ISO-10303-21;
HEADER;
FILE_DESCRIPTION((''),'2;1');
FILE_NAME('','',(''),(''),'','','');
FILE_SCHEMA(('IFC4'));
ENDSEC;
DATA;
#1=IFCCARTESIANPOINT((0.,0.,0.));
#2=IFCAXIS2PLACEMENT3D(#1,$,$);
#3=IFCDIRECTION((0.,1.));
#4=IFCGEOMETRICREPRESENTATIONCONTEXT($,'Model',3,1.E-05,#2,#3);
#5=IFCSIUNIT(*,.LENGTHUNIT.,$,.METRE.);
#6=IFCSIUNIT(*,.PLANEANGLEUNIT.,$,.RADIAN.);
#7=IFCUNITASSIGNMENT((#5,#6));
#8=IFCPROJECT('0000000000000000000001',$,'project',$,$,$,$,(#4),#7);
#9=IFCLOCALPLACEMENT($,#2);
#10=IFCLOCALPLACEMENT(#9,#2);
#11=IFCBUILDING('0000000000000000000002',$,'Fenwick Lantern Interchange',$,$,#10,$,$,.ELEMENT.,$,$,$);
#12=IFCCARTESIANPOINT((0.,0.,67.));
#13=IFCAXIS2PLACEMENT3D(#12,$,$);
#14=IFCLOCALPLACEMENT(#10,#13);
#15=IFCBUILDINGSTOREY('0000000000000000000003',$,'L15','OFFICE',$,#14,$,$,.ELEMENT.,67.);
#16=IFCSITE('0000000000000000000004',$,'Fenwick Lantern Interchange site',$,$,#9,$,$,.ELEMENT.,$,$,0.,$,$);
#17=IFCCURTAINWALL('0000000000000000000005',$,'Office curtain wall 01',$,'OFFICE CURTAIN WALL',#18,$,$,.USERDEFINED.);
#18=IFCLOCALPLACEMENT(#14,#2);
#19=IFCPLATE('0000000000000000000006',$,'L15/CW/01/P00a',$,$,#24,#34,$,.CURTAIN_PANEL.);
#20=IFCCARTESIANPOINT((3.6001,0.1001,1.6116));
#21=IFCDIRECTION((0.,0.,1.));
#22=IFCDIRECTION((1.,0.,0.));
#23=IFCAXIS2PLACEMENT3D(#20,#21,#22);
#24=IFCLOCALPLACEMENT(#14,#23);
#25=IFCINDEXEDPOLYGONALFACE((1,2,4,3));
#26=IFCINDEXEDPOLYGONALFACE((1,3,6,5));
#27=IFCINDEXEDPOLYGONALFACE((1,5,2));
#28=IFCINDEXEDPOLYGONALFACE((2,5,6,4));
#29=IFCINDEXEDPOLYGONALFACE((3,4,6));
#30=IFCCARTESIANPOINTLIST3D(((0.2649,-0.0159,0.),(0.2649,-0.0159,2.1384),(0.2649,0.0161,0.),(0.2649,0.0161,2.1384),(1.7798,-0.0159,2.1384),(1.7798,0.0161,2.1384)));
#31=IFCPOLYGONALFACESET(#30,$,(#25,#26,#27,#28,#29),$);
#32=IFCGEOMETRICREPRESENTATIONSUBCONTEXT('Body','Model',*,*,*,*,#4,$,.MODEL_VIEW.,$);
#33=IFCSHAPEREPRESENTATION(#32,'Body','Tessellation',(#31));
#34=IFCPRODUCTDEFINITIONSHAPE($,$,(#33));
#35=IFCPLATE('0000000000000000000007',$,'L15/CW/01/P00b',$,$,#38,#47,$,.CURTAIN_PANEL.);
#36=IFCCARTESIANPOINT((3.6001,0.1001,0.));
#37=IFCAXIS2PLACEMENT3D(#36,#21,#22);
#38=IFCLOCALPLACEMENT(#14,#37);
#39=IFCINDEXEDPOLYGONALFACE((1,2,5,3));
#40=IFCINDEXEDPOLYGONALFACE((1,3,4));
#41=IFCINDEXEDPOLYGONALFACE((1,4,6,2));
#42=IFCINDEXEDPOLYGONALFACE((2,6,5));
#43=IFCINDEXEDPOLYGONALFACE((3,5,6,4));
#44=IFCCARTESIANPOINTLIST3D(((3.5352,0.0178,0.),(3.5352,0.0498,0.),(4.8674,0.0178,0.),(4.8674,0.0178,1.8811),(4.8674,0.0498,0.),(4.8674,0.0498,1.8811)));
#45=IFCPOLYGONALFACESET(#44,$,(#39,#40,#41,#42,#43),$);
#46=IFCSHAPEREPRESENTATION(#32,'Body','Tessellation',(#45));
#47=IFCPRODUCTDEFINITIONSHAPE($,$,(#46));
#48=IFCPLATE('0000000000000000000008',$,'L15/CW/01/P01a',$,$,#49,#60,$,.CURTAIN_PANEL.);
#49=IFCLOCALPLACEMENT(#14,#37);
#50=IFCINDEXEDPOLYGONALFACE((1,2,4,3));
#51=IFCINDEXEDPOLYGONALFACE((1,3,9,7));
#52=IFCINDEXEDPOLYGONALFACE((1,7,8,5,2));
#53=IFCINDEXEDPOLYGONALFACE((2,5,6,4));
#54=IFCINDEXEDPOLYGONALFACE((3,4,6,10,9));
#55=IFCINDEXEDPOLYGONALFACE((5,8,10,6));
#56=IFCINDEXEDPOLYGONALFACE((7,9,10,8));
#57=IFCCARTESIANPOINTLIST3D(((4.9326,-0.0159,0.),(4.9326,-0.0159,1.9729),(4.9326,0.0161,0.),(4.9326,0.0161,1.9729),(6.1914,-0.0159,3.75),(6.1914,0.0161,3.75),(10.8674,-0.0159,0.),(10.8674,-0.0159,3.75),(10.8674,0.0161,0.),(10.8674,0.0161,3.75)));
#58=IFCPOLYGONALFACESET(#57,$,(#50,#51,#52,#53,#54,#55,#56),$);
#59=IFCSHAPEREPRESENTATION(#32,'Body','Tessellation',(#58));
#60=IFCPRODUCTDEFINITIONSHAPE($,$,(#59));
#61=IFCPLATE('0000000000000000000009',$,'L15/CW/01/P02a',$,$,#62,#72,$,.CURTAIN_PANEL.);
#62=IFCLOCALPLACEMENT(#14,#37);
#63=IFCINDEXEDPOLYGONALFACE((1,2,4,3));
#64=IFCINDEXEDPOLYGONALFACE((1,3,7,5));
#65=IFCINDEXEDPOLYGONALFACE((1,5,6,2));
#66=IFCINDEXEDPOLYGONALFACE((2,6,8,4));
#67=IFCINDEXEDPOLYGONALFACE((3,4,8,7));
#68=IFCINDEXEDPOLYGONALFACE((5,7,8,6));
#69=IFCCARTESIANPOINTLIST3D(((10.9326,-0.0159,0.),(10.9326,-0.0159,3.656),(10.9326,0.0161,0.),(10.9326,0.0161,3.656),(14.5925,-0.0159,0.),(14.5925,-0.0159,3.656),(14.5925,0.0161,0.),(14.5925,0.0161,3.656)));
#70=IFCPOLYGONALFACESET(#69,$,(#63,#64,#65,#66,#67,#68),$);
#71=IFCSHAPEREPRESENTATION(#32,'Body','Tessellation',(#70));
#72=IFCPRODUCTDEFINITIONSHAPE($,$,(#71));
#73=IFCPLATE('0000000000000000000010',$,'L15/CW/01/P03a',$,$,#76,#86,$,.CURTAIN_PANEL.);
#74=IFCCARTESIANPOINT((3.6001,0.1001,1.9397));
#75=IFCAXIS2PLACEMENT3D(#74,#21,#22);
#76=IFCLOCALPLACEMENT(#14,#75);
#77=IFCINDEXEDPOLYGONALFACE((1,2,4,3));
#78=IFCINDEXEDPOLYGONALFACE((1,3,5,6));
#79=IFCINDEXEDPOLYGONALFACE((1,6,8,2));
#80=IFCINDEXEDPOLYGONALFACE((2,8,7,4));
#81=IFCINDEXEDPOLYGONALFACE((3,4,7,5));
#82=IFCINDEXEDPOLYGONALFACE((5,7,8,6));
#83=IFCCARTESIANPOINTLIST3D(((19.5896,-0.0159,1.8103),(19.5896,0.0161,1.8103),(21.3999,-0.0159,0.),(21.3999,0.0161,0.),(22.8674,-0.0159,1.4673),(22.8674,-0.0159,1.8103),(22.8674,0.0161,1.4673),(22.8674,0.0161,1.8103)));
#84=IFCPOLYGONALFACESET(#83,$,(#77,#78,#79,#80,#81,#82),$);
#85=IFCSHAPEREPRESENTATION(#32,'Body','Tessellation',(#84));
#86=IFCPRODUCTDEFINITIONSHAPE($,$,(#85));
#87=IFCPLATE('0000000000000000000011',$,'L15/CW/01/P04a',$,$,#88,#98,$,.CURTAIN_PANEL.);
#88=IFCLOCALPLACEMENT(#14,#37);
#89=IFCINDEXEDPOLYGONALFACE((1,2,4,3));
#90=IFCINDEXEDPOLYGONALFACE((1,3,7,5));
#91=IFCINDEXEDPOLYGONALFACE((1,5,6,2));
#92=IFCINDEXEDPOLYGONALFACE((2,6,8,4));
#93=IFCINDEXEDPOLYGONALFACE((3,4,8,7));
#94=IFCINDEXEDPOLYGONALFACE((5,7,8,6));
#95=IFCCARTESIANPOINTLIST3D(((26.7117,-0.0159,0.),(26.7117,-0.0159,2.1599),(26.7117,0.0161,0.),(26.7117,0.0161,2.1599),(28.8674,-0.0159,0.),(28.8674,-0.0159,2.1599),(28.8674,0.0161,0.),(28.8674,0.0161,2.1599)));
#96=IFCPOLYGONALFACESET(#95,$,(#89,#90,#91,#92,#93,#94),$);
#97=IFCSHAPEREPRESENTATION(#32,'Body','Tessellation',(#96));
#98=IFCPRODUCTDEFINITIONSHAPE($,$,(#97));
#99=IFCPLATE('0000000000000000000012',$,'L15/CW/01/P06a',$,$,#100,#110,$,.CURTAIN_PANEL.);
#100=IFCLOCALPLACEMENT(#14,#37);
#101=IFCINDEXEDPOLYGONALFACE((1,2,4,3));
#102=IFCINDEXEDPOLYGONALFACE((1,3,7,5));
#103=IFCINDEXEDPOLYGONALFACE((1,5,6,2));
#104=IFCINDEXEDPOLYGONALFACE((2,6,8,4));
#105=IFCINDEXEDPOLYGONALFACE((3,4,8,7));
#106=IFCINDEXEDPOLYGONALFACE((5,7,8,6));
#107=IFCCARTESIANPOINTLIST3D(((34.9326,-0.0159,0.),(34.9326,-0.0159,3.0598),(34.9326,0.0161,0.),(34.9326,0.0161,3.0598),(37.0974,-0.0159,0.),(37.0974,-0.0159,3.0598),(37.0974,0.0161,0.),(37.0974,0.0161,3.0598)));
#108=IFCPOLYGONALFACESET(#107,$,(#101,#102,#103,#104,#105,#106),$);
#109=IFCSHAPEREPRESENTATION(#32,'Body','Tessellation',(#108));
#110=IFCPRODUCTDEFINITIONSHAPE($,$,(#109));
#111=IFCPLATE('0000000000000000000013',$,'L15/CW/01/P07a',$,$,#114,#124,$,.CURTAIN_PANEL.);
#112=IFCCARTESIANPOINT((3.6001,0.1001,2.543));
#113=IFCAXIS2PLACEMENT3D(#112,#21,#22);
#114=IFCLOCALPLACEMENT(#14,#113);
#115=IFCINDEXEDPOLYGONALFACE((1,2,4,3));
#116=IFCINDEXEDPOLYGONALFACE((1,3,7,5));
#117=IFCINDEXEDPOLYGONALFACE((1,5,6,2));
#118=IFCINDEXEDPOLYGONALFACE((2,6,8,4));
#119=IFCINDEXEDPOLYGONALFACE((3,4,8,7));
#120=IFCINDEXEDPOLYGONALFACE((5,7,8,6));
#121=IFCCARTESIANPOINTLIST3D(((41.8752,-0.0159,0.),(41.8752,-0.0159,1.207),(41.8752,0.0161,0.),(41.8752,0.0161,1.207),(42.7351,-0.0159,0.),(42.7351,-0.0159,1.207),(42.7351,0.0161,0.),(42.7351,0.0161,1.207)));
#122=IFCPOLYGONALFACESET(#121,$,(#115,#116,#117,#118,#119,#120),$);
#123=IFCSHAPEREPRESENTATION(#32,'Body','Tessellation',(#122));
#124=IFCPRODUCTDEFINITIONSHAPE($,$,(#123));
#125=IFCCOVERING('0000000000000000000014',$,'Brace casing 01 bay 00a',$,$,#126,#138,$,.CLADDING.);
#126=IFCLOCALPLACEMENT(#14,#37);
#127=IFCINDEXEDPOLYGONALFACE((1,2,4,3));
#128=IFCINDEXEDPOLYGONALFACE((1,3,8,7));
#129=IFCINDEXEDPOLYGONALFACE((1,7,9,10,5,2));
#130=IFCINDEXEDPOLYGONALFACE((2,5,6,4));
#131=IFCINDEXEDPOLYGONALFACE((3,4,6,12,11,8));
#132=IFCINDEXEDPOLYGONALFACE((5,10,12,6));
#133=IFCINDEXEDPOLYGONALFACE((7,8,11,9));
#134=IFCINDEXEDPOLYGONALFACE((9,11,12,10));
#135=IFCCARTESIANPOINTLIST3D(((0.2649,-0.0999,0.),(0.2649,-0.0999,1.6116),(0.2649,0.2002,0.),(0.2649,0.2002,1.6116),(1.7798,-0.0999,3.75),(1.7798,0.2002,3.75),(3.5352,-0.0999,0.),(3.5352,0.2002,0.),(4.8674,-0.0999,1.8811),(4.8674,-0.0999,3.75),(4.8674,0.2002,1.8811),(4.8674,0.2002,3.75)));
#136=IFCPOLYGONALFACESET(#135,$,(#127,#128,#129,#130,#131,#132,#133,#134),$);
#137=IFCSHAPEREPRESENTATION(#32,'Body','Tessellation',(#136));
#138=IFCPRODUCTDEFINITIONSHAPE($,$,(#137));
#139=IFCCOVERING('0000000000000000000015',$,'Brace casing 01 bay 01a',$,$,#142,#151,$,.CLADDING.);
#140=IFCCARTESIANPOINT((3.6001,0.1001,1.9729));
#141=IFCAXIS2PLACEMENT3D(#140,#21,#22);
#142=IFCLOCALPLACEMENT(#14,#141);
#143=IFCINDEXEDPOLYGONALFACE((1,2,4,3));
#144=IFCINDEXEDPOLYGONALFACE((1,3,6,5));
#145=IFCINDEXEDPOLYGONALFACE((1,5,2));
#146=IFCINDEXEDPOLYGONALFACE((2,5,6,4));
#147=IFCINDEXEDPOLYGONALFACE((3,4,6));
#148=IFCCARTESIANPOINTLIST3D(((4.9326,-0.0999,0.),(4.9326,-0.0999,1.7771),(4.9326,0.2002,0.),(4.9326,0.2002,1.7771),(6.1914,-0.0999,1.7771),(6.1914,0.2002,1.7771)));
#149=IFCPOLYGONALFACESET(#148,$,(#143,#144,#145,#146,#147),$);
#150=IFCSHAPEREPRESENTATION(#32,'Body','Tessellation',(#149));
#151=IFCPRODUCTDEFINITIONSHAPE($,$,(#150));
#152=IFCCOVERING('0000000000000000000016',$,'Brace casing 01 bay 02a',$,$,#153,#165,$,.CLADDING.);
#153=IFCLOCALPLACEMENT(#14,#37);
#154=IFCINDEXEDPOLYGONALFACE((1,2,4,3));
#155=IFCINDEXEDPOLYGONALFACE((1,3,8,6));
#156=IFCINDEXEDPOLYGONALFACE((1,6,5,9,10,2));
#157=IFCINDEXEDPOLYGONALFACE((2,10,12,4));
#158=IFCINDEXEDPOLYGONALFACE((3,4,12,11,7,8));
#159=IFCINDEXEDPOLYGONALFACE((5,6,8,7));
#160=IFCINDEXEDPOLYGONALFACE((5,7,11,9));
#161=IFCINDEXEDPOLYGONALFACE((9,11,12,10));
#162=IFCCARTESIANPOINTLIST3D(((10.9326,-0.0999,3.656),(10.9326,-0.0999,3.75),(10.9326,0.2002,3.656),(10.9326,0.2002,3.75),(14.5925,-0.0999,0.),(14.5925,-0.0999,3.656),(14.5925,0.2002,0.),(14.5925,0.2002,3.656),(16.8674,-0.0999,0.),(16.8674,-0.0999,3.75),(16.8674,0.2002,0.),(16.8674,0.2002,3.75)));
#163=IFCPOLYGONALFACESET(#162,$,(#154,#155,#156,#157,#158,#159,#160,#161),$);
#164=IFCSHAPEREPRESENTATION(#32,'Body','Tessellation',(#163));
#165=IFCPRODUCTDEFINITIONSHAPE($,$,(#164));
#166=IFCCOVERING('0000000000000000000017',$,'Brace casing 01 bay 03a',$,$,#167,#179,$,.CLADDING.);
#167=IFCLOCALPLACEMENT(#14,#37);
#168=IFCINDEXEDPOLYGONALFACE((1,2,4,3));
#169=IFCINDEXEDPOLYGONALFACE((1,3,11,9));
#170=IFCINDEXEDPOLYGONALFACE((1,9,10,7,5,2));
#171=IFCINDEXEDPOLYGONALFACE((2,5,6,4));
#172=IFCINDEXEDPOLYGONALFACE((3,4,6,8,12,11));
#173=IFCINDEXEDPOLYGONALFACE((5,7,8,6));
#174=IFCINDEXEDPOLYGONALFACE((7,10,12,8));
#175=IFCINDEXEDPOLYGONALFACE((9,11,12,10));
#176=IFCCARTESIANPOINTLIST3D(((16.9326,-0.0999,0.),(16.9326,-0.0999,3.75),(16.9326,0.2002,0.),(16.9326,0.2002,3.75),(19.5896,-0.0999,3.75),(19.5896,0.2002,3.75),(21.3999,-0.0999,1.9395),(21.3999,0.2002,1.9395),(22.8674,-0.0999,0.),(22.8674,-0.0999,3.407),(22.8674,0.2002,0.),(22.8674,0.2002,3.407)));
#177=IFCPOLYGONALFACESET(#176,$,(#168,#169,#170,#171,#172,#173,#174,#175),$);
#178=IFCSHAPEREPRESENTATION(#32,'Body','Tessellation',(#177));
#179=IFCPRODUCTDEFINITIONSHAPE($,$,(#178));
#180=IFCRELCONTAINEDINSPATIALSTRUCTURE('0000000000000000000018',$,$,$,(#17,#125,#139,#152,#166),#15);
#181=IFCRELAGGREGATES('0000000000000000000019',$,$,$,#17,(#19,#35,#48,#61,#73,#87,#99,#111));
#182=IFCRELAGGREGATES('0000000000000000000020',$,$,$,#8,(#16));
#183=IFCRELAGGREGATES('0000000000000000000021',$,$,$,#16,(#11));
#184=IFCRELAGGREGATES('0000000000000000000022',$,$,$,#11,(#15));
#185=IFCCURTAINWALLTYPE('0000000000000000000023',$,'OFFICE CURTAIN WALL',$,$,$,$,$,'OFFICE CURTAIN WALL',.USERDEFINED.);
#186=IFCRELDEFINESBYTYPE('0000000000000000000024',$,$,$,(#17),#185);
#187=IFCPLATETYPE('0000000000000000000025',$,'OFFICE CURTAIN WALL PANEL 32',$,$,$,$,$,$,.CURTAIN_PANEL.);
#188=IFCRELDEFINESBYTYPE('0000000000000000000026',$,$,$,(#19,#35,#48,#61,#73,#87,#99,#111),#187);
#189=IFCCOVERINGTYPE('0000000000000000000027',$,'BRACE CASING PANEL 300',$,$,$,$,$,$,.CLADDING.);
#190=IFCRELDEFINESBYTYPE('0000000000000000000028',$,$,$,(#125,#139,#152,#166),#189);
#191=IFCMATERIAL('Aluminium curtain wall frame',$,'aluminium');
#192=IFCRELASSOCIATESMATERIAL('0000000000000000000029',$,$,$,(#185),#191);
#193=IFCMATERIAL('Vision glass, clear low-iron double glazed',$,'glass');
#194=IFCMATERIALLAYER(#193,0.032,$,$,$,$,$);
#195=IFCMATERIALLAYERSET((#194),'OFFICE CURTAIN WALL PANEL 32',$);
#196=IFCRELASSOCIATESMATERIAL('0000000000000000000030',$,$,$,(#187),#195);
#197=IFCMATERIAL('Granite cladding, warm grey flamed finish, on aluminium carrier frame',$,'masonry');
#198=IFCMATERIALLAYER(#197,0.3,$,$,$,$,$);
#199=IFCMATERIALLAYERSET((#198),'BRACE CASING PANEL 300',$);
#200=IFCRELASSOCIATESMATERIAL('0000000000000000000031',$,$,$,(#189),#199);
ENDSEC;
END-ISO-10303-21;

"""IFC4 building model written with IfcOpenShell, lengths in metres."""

from ifc_helpers import new_model, si_unit, direction, frame, origin, place, context, subcontext, project, spatial, polyline, outline, extrude, material, layer, layer_set, type_object, element, aggregate, save


model = new_model("IFC4")

# Units and contexts
model_context = context("Model", 3, precision=1e-05, world=origin(), true_north=direction((0.0, 1.0)))
body_context = subcontext(model_context, "Body", "Model", "MODEL_VIEW")
ifc_project = project(units=[si_unit("LENGTHUNIT", "METRE"), si_unit("PLANEANGLEUNIT", "RADIAN")], contexts=[model_context])

# Site, building, storey
site_placement = place(None, origin())
site = spatial("IfcSite", under=ifc_project, at=site_placement, Name="Fenwick Lantern Interchange site", CompositionType="ELEMENT", RefElevation=0.0)
building_placement = place(site_placement, origin())
building = spatial("IfcBuilding", under=site, at=building_placement, Name="Fenwick Lantern Interchange", CompositionType="ELEMENT")
storey_placement = place(building_placement, frame((0.0, 0.0, 67.0)))
storey = spatial("IfcBuildingStorey", under=building, at=storey_placement, Name="L15", Description="OFFICE", CompositionType="ELEMENT", Elevation=67.0)

# Shared definitions
ifc_material_1 = material(Name="Aluminium curtain wall frame", Category="aluminium")
curtain_wall_type = type_object("IfcCurtainWallType", Name="OFFICE CURTAIN WALL", ElementType="OFFICE CURTAIN WALL", PredefinedType="USERDEFINED", material=ifc_material_1)

# Curtain wall, plates
curtain_wall_1_placement = place(storey_placement, origin())
curtain_wall_1 = element("IfcCurtainWall", 1, at=curtain_wall_1_placement, inside=storey, type_object=curtain_wall_type, Name="Office curtain wall 01", ObjectType="OFFICE CURTAIN WALL", PredefinedType="USERDEFINED")
ifc_material_2 = material(Name="Vision glass, clear low-iron double glazed", Category="glass")
ifc_layer_1 = layer(ifc_material_2, 0.032)
ifc_layer_set_1 = layer_set([ifc_layer_1], Name="OFFICE CURTAIN WALL PANEL 32")
plate_type = type_object("IfcPlateType", Name="OFFICE CURTAIN WALL PANEL 32", PredefinedType="CURTAIN_PANEL", material=ifc_layer_set_1)
plate_1_placement = place(storey_placement, frame((3.6001, 0.1001, 1.6116), z_axis=(0.0, 0.0, 1.0), x_axis=(1.0, 0.0, 0.0)))
plate_1 = element("IfcPlate", 2, at=plate_1_placement, type_object=plate_type, Name="L15/CW/01/P00a", PredefinedType="CURTAIN_PANEL", context=body_context, shape_type="SweptSolid", body=[
    extrude(outline(polyline([(0.2649, 0.0), (1.7798, 2.1384), (0.2649, 2.1384), (0.2649, 0.0)])), frame((0.0, 0.0161, 0.0), z_axis=(0.0, -1.0, 0.0), x_axis=(1.0, 0.0, 0.0)), (0.0, 0.0, 1.0), 0.032),
])
plate_2_placement = place(storey_placement, frame((3.6001, 0.1001, 0.0), z_axis=(0.0, 0.0, 1.0), x_axis=(1.0, 0.0, 0.0)))
plate_2 = element("IfcPlate", 3, at=plate_2_placement, type_object=plate_type, Name="L15/CW/01/P00b", PredefinedType="CURTAIN_PANEL", context=body_context, shape_type="SweptSolid", body=[
    extrude(outline(polyline([(3.5352, 0.0), (4.8674, 0.0), (4.8674, 1.8811), (3.5352, 0.0)])), frame((0.0, 0.0498, 0.0), z_axis=(0.0, -1.0, 0.0), x_axis=(1.0, 0.0, 0.0)), (0.0, 0.0, 1.0), 0.032),
])
plate_3_placement = place(storey_placement, frame((3.6001, 0.1001, 0.0), z_axis=(0.0, 0.0, 1.0), x_axis=(1.0, 0.0, 0.0)))
plate_3 = element("IfcPlate", 4, at=plate_3_placement, type_object=plate_type, Name="L15/CW/01/P01a", PredefinedType="CURTAIN_PANEL", context=body_context, shape_type="SweptSolid", body=[
    extrude(outline(polyline([(4.9326, 0.0), (10.8674, 0.0), (10.8674, 3.75), (6.1914, 3.75), (4.9326, 1.9729), (4.9326, 0.0)])), frame((0.0, 0.0161, 0.0), z_axis=(0.0, -1.0, 0.0), x_axis=(1.0, 0.0, 0.0)), (0.0, 0.0, 1.0), 0.032),
])
plate_4_placement = place(storey_placement, frame((3.6001, 0.1001, 0.0), z_axis=(0.0, 0.0, 1.0), x_axis=(1.0, 0.0, 0.0)))
plate_4 = element("IfcPlate", 5, at=plate_4_placement, type_object=plate_type, Name="L15/CW/01/P02a", PredefinedType="CURTAIN_PANEL", context=body_context, shape_type="SweptSolid", body=[
    extrude(outline(polyline([(10.9326, 0.0), (14.5925, 0.0), (14.5925, 3.656), (10.9326, 3.656), (10.9326, 0.0)])), frame((0.0, 0.0161, 0.0), z_axis=(0.0, -1.0, 0.0), x_axis=(1.0, 0.0, 0.0)), (0.0, 0.0, 1.0), 0.032),
])
plate_5_placement = place(storey_placement, frame((3.6001, 0.1001, 1.9397), z_axis=(0.0, 0.0, 1.0), x_axis=(1.0, 0.0, 0.0)))
plate_5 = element("IfcPlate", 6, at=plate_5_placement, type_object=plate_type, Name="L15/CW/01/P03a", PredefinedType="CURTAIN_PANEL", context=body_context, shape_type="SweptSolid", body=[
    extrude(outline(polyline([(21.3999, 0.0), (22.8674, 1.4673), (22.8674, 1.8103), (19.5896, 1.8103), (21.3999, 0.0)])), frame((0.0, 0.0161, 0.0), z_axis=(0.0, -1.0, 0.0), x_axis=(1.0, 0.0, 0.0)), (0.0, 0.0, 1.0), 0.032),
])
plate_6_placement = place(storey_placement, frame((3.6001, 0.1001, 0.0), z_axis=(0.0, 0.0, 1.0), x_axis=(1.0, 0.0, 0.0)))
plate_6 = element("IfcPlate", 7, at=plate_6_placement, type_object=plate_type, Name="L15/CW/01/P04a", PredefinedType="CURTAIN_PANEL", context=body_context, shape_type="SweptSolid", body=[
    extrude(outline(polyline([(26.7117, 0.0), (28.8674, 0.0), (28.8674, 2.1599), (26.7117, 2.1599), (26.7117, 0.0)])), frame((0.0, 0.0161, 0.0), z_axis=(0.0, -1.0, 0.0), x_axis=(1.0, 0.0, 0.0)), (0.0, 0.0, 1.0), 0.032),
])
plate_7_placement = place(storey_placement, frame((3.6001, 0.1001, 0.0), z_axis=(0.0, 0.0, 1.0), x_axis=(1.0, 0.0, 0.0)))
plate_7 = element("IfcPlate", 8, at=plate_7_placement, type_object=plate_type, Name="L15/CW/01/P06a", PredefinedType="CURTAIN_PANEL", context=body_context, shape_type="SweptSolid", body=[
    extrude(outline(polyline([(34.9326, 0.0), (37.0974, 0.0), (37.0974, 3.0598), (34.9326, 3.0598), (34.9326, 0.0)])), frame((0.0, 0.0161, 0.0), z_axis=(0.0, -1.0, 0.0), x_axis=(1.0, 0.0, 0.0)), (0.0, 0.0, 1.0), 0.032),
])
plate_8_placement = place(storey_placement, frame((3.6001, 0.1001, 2.543), z_axis=(0.0, 0.0, 1.0), x_axis=(1.0, 0.0, 0.0)))
plate_8 = element("IfcPlate", 9, at=plate_8_placement, type_object=plate_type, Name="L15/CW/01/P07a", PredefinedType="CURTAIN_PANEL", context=body_context, shape_type="SweptSolid", body=[
    extrude(outline(polyline([(41.8752, 0.0), (42.7351, 0.0), (42.7351, 1.207), (41.8752, 1.207), (41.8752, 0.0)])), frame((0.0, 0.0161, 0.0), z_axis=(0.0, -1.0, 0.0), x_axis=(1.0, 0.0, 0.0)), (0.0, 0.0, 1.0), 0.032),
])
aggregate(curtain_wall_1, [plate_1, plate_2, plate_3, plate_4, plate_5, plate_6, plate_7, plate_8])

# Coverings
ifc_material_3 = material(Name="Granite cladding, warm grey flamed finish, on aluminium carrier frame", Category="masonry")
ifc_layer_2 = layer(ifc_material_3, 0.3)
ifc_layer_set_2 = layer_set([ifc_layer_2], Name="BRACE CASING PANEL 300")
covering_type = type_object("IfcCoveringType", Name="BRACE CASING PANEL 300", PredefinedType="CLADDING", material=ifc_layer_set_2)
covering_1_placement = place(storey_placement, frame((3.6001, 0.1001, 0.0), z_axis=(0.0, 0.0, 1.0), x_axis=(1.0, 0.0, 0.0)))
element("IfcCovering", 10, at=covering_1_placement, inside=storey, type_object=covering_type, Name="Brace casing 01 bay 00a", PredefinedType="CLADDING", context=body_context, shape_type="SweptSolid", body=[
    extrude(outline(polyline([(0.2649, 0.0), (3.5352, 0.0), (4.8674, 1.8811), (4.8674, 3.75), (1.7798, 3.75), (0.2649, 1.6116), (0.2649, 0.0)])), frame((0.0, 0.2002, 0.0), z_axis=(0.0, -1.0, 0.0), x_axis=(1.0, 0.0, 0.0)), (0.0, 0.0, 1.0), 0.3),
])
covering_2_placement = place(storey_placement, frame((3.6001, 0.1001, 1.9729), z_axis=(0.0, 0.0, 1.0), x_axis=(1.0, 0.0, 0.0)))
element("IfcCovering", 11, at=covering_2_placement, inside=storey, type_object=covering_type, Name="Brace casing 01 bay 01a", PredefinedType="CLADDING", context=body_context, shape_type="SweptSolid", body=[
    extrude(outline(polyline([(4.9326, 0.0), (6.1914, 1.7771), (4.9326, 1.7771), (4.9326, 0.0)])), frame((0.0, 0.2002, 0.0), z_axis=(0.0, -1.0, 0.0), x_axis=(1.0, 0.0, 0.0)), (0.0, 0.0, 1.0), 0.3),
])
covering_3_placement = place(storey_placement, frame((3.6001, 0.1001, 0.0), z_axis=(0.0, 0.0, 1.0), x_axis=(1.0, 0.0, 0.0)))
element("IfcCovering", 12, at=covering_3_placement, inside=storey, type_object=covering_type, Name="Brace casing 01 bay 02a", PredefinedType="CLADDING", context=body_context, shape_type="SweptSolid", body=[
    extrude(outline(polyline([(14.5925, 0.0), (16.8674, 0.0), (16.8674, 3.75), (10.9326, 3.75), (10.9326, 3.656), (14.5925, 3.656), (14.5925, 0.0)])), frame((0.0, 0.2002, 0.0), z_axis=(0.0, -1.0, 0.0), x_axis=(1.0, 0.0, 0.0)), (0.0, 0.0, 1.0), 0.3),
])
covering_4_placement = place(storey_placement, frame((3.6001, 0.1001, 0.0), z_axis=(0.0, 0.0, 1.0), x_axis=(1.0, 0.0, 0.0)))
element("IfcCovering", 13, at=covering_4_placement, inside=storey, type_object=covering_type, Name="Brace casing 01 bay 03a", PredefinedType="CLADDING", context=body_context, shape_type="SweptSolid", body=[
    extrude(outline(polyline([(16.9326, 0.0), (22.8674, 0.0), (22.8674, 3.407), (21.3999, 1.9395), (19.5896, 3.75), (16.9326, 3.75), (16.9326, 0.0)])), frame((0.0, 0.2002, 0.0), z_axis=(0.0, -1.0, 0.0), x_axis=(1.0, 0.0, 0.0)), (0.0, 0.0, 1.0), 0.3),
])

save(model, "model.ifc")
